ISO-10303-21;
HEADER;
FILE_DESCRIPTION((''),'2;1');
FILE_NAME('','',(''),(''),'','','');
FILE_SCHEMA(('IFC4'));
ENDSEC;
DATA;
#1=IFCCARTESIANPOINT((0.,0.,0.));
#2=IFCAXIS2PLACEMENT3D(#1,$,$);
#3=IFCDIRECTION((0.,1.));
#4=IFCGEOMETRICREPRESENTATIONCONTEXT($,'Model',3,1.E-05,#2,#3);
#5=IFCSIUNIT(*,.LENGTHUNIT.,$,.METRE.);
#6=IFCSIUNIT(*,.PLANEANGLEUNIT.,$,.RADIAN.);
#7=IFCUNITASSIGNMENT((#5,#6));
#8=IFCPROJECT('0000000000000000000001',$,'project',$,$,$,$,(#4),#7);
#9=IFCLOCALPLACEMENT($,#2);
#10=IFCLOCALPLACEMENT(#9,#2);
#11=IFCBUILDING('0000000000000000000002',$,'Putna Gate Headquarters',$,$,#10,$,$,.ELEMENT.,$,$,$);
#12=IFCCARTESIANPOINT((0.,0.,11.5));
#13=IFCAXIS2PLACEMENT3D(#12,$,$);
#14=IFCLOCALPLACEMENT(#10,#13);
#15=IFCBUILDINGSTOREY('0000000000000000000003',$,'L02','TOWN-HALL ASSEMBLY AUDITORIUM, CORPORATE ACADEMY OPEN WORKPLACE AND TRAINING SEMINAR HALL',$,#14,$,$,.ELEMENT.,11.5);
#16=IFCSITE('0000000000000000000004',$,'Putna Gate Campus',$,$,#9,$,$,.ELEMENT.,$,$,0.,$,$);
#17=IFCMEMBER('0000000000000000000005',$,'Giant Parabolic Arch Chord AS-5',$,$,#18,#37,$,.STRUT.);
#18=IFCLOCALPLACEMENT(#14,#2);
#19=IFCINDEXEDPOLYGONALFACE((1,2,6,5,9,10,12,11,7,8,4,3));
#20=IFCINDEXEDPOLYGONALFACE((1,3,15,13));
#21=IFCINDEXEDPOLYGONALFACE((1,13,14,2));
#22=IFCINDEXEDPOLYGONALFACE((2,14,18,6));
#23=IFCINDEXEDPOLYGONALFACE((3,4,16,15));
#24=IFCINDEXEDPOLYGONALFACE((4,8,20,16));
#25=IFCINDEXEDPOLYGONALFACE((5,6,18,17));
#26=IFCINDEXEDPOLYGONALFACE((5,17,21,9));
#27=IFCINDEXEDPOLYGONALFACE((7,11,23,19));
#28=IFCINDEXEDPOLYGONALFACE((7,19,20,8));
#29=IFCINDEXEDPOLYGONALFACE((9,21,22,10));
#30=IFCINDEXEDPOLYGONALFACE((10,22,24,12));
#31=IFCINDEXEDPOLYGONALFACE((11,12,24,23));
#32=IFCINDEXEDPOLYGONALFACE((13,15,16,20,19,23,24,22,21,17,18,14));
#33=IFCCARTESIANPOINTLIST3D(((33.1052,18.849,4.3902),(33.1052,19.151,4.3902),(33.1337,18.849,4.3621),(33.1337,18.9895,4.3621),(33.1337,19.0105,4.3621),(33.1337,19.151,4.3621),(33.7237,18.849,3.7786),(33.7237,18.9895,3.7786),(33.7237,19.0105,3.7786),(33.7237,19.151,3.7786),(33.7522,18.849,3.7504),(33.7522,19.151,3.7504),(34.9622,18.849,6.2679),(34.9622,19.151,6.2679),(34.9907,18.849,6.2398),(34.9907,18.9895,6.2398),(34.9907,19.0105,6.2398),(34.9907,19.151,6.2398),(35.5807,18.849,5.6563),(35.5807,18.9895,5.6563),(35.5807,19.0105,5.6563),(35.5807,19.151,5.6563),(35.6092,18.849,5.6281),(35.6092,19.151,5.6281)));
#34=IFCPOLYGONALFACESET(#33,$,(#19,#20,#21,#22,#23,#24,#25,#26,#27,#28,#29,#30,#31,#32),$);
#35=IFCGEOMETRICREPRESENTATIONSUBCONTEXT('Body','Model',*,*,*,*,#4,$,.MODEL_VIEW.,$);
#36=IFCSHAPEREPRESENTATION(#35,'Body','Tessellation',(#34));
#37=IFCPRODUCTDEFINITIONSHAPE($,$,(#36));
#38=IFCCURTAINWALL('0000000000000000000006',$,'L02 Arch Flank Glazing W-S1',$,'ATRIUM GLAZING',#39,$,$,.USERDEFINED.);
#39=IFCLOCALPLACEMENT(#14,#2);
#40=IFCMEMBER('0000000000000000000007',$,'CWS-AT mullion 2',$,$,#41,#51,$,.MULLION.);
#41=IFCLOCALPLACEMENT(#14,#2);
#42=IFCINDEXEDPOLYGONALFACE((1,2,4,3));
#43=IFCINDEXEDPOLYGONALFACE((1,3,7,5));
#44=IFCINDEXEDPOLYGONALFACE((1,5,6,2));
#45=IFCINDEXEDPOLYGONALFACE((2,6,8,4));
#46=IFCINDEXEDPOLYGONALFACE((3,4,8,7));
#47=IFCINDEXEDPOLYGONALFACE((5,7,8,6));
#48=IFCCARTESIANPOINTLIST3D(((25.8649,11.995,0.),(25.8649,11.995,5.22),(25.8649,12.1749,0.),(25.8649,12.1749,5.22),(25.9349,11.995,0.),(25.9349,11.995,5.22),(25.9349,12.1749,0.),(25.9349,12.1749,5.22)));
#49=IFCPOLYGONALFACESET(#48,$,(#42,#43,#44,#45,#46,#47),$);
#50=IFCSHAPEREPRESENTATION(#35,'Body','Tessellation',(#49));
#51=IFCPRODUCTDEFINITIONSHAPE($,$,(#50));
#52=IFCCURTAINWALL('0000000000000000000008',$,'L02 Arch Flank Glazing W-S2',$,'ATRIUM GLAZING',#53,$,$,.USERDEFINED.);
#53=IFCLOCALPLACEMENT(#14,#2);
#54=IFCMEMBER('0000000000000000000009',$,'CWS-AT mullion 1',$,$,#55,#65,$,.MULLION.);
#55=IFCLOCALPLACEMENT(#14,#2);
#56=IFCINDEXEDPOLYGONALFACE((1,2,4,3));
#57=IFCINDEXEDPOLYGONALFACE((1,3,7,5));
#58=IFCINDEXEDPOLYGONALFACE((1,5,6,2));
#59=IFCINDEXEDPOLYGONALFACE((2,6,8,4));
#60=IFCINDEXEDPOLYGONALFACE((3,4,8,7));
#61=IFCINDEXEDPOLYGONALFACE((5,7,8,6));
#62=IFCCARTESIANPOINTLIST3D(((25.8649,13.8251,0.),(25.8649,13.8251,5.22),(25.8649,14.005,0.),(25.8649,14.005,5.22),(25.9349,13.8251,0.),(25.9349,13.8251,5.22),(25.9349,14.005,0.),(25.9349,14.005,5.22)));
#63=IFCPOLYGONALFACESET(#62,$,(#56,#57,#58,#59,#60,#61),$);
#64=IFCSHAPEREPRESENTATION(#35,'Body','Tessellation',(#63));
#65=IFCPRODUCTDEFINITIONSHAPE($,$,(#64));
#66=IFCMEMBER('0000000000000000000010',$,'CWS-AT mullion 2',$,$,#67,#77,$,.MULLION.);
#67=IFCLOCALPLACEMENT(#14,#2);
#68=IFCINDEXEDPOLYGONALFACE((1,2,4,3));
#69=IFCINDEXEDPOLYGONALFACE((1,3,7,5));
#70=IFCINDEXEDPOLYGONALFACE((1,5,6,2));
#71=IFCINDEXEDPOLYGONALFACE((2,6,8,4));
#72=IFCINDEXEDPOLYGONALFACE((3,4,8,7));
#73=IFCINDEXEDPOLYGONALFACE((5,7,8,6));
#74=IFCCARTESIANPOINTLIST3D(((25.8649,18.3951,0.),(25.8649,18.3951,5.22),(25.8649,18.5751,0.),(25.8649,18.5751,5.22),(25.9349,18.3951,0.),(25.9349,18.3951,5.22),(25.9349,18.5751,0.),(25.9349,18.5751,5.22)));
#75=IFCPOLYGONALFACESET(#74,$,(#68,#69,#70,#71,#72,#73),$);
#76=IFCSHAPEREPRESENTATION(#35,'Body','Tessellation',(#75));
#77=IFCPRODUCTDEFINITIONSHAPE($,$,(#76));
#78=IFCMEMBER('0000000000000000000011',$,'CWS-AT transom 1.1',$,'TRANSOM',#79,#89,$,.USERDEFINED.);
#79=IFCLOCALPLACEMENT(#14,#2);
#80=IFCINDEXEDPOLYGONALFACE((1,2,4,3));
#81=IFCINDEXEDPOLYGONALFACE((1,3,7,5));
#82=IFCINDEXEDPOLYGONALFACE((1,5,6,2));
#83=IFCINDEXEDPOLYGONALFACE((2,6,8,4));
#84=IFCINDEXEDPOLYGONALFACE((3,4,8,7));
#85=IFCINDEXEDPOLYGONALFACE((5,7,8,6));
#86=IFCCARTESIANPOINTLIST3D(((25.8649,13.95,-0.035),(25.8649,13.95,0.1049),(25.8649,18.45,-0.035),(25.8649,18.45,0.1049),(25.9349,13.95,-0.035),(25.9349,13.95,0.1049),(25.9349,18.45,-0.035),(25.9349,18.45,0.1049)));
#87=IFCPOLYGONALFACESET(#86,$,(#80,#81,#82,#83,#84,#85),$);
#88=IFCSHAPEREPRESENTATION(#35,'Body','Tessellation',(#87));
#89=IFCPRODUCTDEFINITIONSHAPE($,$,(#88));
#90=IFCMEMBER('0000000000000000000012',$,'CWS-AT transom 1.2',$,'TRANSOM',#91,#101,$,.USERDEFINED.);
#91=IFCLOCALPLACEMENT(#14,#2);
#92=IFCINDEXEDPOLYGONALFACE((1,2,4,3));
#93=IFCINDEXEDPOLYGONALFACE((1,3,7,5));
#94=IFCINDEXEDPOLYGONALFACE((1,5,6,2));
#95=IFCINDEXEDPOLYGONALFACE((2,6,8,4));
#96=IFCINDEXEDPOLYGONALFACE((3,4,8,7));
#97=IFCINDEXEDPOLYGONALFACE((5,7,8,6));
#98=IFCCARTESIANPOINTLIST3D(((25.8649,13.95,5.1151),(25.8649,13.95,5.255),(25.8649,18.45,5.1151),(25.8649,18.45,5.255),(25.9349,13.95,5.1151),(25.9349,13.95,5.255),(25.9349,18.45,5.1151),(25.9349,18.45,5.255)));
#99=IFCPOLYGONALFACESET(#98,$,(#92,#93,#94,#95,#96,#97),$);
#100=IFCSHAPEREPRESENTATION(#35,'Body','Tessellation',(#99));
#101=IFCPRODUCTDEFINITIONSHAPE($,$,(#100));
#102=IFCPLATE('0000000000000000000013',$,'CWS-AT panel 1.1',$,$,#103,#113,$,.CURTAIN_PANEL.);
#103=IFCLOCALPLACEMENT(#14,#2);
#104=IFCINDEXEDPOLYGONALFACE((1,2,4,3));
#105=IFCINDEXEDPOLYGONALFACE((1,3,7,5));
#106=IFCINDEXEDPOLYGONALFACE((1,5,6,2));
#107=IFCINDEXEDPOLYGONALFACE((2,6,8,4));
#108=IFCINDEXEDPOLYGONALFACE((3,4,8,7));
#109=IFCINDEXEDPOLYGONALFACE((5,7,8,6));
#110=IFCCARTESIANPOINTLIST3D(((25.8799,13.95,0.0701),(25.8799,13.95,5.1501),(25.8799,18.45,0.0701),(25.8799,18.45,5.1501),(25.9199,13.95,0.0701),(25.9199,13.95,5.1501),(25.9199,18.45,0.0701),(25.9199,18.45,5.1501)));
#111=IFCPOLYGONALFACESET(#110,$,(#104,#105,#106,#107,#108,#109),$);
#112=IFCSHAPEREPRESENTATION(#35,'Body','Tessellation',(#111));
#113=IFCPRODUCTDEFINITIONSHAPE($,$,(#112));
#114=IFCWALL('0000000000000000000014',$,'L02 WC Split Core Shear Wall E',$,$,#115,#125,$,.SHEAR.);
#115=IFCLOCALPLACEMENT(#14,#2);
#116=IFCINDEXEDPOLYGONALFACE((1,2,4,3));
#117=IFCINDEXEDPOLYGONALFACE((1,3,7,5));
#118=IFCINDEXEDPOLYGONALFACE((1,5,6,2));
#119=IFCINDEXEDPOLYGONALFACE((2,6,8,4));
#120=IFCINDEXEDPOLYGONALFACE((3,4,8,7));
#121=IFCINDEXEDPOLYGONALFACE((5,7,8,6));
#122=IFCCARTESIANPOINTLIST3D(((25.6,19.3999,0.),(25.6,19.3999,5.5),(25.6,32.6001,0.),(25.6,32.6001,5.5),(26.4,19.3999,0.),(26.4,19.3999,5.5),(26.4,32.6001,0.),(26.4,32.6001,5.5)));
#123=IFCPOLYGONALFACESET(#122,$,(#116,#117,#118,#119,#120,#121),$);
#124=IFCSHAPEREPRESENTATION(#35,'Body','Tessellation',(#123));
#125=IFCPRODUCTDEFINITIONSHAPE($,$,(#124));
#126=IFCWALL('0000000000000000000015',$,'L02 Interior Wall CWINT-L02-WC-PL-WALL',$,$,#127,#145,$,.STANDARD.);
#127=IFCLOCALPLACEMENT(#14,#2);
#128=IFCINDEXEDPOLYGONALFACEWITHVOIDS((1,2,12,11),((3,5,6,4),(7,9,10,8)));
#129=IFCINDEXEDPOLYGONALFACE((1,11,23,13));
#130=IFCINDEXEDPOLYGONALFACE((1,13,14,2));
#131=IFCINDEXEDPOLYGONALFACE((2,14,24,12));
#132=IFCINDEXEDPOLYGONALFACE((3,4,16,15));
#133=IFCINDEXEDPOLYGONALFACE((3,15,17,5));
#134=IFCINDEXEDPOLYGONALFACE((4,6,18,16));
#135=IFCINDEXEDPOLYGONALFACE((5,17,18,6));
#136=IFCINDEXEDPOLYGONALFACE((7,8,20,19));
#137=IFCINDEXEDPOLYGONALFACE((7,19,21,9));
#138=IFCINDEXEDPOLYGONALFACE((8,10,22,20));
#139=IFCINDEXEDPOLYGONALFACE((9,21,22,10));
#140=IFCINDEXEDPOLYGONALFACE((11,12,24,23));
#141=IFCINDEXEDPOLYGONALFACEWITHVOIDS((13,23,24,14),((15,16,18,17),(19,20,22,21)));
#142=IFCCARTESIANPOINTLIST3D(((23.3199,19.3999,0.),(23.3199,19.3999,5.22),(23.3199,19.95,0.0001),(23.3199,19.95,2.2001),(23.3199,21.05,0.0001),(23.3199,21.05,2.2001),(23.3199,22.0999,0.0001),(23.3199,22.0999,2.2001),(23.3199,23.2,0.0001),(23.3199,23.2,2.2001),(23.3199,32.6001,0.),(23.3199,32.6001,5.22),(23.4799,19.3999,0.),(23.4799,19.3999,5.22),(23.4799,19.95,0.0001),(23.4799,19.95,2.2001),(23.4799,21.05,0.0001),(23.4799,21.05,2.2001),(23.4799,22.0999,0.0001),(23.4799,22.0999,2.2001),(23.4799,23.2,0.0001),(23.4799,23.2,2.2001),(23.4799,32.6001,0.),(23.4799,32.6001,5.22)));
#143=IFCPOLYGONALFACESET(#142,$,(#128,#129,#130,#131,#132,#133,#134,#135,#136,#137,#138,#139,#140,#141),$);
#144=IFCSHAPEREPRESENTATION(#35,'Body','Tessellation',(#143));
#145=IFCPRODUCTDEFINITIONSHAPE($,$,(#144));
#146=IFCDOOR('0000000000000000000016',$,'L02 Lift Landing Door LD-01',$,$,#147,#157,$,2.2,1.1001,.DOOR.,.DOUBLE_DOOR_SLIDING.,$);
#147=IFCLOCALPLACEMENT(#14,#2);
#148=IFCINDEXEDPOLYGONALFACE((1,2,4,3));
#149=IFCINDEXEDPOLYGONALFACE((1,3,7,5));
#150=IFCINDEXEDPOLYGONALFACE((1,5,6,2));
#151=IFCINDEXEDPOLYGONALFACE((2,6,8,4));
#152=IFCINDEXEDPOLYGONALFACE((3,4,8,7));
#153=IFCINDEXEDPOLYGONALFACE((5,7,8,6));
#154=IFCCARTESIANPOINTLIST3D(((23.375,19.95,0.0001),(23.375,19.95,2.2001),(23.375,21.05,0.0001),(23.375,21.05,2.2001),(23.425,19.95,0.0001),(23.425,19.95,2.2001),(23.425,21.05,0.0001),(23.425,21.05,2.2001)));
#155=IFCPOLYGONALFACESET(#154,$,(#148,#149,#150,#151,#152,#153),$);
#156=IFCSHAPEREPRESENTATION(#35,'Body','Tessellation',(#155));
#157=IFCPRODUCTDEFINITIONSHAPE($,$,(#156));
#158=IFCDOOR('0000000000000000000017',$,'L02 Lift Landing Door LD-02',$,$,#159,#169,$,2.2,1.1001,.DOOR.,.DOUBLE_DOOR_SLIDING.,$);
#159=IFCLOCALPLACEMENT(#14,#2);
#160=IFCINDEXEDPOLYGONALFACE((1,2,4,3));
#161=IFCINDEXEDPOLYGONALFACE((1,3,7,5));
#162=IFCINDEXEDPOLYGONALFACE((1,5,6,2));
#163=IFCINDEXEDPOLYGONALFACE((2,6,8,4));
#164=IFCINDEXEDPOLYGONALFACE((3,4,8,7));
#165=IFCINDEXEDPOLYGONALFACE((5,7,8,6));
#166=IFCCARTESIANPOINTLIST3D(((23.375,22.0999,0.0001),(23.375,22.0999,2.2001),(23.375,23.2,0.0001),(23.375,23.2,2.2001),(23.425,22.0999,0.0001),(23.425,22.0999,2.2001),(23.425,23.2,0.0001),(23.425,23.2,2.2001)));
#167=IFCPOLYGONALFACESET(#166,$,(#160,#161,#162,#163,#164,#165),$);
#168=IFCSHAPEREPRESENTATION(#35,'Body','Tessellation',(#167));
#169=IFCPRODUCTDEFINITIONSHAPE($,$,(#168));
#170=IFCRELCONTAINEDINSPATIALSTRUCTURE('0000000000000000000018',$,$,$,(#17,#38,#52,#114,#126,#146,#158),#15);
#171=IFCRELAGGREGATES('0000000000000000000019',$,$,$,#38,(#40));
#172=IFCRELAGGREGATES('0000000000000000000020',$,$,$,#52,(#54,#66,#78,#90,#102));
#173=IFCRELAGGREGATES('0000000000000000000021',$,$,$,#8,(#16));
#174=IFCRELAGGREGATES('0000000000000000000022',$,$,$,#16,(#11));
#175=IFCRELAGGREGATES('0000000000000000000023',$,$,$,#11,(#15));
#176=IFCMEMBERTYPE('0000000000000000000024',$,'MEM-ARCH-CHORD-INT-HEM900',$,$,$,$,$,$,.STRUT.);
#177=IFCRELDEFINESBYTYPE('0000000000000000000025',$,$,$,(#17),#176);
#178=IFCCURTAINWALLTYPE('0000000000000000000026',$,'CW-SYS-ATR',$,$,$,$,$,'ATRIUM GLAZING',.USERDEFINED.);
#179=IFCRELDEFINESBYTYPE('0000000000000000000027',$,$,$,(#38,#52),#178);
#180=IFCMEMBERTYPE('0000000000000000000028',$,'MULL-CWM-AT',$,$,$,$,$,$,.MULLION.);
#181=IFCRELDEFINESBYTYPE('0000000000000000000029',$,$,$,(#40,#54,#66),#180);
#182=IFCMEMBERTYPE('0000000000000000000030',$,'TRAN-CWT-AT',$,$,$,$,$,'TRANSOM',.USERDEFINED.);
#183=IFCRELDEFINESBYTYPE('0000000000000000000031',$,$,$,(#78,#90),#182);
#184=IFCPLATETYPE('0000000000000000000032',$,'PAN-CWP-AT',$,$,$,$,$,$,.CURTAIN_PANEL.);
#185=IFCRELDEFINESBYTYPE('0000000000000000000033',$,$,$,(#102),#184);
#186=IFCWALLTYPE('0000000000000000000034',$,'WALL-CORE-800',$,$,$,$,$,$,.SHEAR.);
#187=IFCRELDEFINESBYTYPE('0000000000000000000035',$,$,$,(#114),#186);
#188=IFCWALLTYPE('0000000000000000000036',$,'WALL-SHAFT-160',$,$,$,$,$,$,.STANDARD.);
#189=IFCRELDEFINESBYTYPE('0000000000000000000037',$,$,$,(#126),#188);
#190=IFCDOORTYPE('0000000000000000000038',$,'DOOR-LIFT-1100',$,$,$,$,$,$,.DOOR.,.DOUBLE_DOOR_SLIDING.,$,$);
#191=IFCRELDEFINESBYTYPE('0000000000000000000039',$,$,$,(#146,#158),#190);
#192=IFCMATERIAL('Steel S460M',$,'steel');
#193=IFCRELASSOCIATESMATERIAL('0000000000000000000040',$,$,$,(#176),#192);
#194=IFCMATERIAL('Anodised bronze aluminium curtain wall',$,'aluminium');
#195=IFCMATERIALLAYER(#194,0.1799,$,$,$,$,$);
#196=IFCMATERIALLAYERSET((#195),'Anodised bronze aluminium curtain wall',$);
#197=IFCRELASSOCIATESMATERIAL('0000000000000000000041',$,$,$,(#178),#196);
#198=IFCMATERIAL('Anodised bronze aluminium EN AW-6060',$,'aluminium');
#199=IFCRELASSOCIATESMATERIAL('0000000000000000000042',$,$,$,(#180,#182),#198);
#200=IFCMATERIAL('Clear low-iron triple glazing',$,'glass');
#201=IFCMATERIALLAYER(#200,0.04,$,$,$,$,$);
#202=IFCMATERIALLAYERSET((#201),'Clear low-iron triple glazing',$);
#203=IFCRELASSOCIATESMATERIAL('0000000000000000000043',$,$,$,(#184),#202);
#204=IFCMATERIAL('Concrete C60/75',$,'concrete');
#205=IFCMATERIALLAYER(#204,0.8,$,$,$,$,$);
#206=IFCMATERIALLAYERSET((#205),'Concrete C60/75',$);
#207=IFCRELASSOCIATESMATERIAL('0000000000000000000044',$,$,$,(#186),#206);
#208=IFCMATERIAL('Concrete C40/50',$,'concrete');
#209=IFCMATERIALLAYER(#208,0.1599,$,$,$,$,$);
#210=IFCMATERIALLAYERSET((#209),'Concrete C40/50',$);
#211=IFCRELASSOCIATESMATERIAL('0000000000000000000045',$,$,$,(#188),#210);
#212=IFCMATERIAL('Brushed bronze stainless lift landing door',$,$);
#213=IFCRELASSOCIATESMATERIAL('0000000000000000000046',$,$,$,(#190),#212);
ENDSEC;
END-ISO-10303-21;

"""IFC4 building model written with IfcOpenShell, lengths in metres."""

from ifc_helpers import new_model, si_unit, direction, frame, frame_2d, origin, origin_2d, place, context, subcontext, project, spatial, rectangle, i_section, extrude, material, layer, layer_set, material_profile, profile_set, type_object, element, fill, aggregate, save


model = new_model("IFC4")

# Units and contexts
model_context = context("Model", 3, precision=1e-05, world=origin(), true_north=direction((0.0, 1.0)))
body_context = subcontext(model_context, "Body", "Model", "MODEL_VIEW")
ifc_project = project(units=[si_unit("LENGTHUNIT", "METRE"), si_unit("PLANEANGLEUNIT", "RADIAN")], contexts=[model_context])

# Site, building, storey
site_placement = place(None, origin())
site = spatial("IfcSite", under=ifc_project, at=site_placement, Name="Putna Gate Campus", CompositionType="ELEMENT", RefElevation=0.0)
building_placement = place(site_placement, origin())
building = spatial("IfcBuilding", under=site, at=building_placement, Name="Putna Gate Headquarters", CompositionType="ELEMENT")
storey_placement = place(building_placement, frame((0.0, 0.0, 11.5)))
storey = spatial("IfcBuildingStorey", under=building, at=storey_placement, Name="L02", Description="TOWN-HALL ASSEMBLY AUDITORIUM, CORPORATE ACADEMY OPEN WORKPLACE AND TRAINING SEMINAR HALL", CompositionType="ELEMENT", Elevation=11.5)

# Shared definitions
ifc_material_1 = material(Name="Concrete C60/75", Category="concrete")

# Member
ifc_material_2 = material(Name="Steel S460M", Category="steel")
ifc_material_profile_1 = material_profile(ifc_material_2, i_section(OverallWidth=0.302, OverallDepth=0.9099, WebThickness=0.021, FlangeThickness=0.04, at=origin_2d()), Name="Steel S460M")
ifc_profile_set_1 = profile_set([ifc_material_profile_1], Name="Steel S460M")
member_type_1 = type_object("IfcMemberType", Name="MEM-ARCH-CHORD-INT-HEM900", PredefinedType="STRUT", material=ifc_profile_set_1)
member_1_placement = place(storey_placement, frame((33.4287, 19.0, 4.0703), z_axis=(0.703167, 0.0, 0.711025), x_axis=(0.0, 1.0, 0.0)))
element("IfcMember", 1, at=member_1_placement, inside=storey, type_object=member_type_1, Name="Giant Parabolic Arch Chord AS-5", PredefinedType="STRUT", context=body_context, shape_type="SweptSolid", body=[
    extrude(i_section(OverallWidth=0.302, OverallDepth=0.9099, WebThickness=0.021, FlangeThickness=0.04, at=origin_2d()), origin(), (0.0, 0.0, 1.0), 2.6409),
])

# Curtain wall, member
ifc_material_3 = material(Name="Anodised bronze aluminium curtain wall", Category="aluminium")
ifc_layer_1 = layer(ifc_material_3, 0.1799)
ifc_layer_set_1 = layer_set([ifc_layer_1], Name="Anodised bronze aluminium curtain wall")
curtain_wall_type = type_object("IfcCurtainWallType", Name="CW-SYS-ATR", ElementType="ATRIUM GLAZING", PredefinedType="USERDEFINED", material=ifc_layer_set_1)
curtain_wall_1_placement = place(storey_placement, origin())
curtain_wall_1 = element("IfcCurtainWall", 2, at=curtain_wall_1_placement, inside=storey, type_object=curtain_wall_type, Name="L02 Arch Flank Glazing W-S1", ObjectType="ATRIUM GLAZING", PredefinedType="USERDEFINED")
ifc_material_4 = material(Name="Anodised bronze aluminium EN AW-6060", Category="aluminium")
ifc_material_profile_2 = material_profile(ifc_material_4, rectangle(XDim=0.0701, YDim=0.1799, at=origin_2d()), Name="Anodised bronze aluminium EN AW-6060")
ifc_profile_set_2 = profile_set([ifc_material_profile_2], Name="Anodised bronze aluminium EN AW-6060")
member_type_2 = type_object("IfcMemberType", Name="MULL-CWM-AT", PredefinedType="MULLION", material=ifc_profile_set_2)
member_2_placement = place(storey_placement, frame((25.8999, 12.085, 0.0), z_axis=(0.0, 0.0, 1.0), x_axis=(-1.0, 0.0, 0.0)))
member_2 = element("IfcMember", 3, at=member_2_placement, type_object=member_type_2, Name="CWS-AT mullion 2", PredefinedType="MULLION", context=body_context, shape_type="SweptSolid", body=[
    extrude(rectangle(XDim=0.0701, YDim=0.1799, at=origin_2d()), origin(), (0.0, 0.0, 1.0), 5.22),
])
aggregate(curtain_wall_1, [member_2])

# Curtain wall, members, plate
curtain_wall_2_placement = place(storey_placement, origin())
curtain_wall_2 = element("IfcCurtainWall", 4, at=curtain_wall_2_placement, inside=storey, type_object=curtain_wall_type, Name="L02 Arch Flank Glazing W-S2", ObjectType="ATRIUM GLAZING", PredefinedType="USERDEFINED")
member_3_placement = place(storey_placement, frame((25.8999, 13.915, 0.0), z_axis=(0.0, 0.0, 1.0), x_axis=(-1.0, 0.0, 0.0)))
member_3 = element("IfcMember", 5, at=member_3_placement, type_object=member_type_2, Name="CWS-AT mullion 1", PredefinedType="MULLION", context=body_context, shape_type="SweptSolid", body=[
    extrude(rectangle(XDim=0.0701, YDim=0.1799, at=origin_2d()), origin(), (0.0, 0.0, 1.0), 5.22),
])
member_4_placement = place(storey_placement, frame((25.8999, 18.4851, 0.0), z_axis=(0.0, 0.0, 1.0), x_axis=(-1.0, 0.0, 0.0)))
member_4 = element("IfcMember", 6, at=member_4_placement, type_object=member_type_2, Name="CWS-AT mullion 2", PredefinedType="MULLION", context=body_context, shape_type="SweptSolid", body=[
    extrude(rectangle(XDim=0.0701, YDim=0.1799, at=origin_2d()), origin(), (0.0, 0.0, 1.0), 5.22),
])
ifc_material_profile_3 = material_profile(ifc_material_4, rectangle(XDim=0.0701, YDim=0.1399, at=origin_2d()), Name="Anodised bronze aluminium EN AW-6060")
ifc_profile_set_3 = profile_set([ifc_material_profile_3], Name="Anodised bronze aluminium EN AW-6060")
member_type_3 = type_object("IfcMemberType", Name="TRAN-CWT-AT", ElementType="TRANSOM", PredefinedType="USERDEFINED", material=ifc_profile_set_3)
member_5_placement = place(storey_placement, frame((25.8999, 13.95, 0.0349), z_axis=(0.0, 1.0, 0.0), x_axis=(-1.0, 0.0, 0.0)))
member_5 = element("IfcMember", 7, at=member_5_placement, type_object=member_type_3, Name="CWS-AT transom 1.1", ObjectType="TRANSOM", PredefinedType="USERDEFINED", context=body_context, shape_type="SweptSolid", body=[
    extrude(rectangle(XDim=0.0701, YDim=0.1399, at=origin_2d()), origin(), (0.0, 0.0, 1.0), 4.5),
])
member_6_placement = place(storey_placement, frame((25.8999, 13.95, 5.1851), z_axis=(0.0, 1.0, 0.0), x_axis=(-1.0, 0.0, 0.0)))
member_6 = element("IfcMember", 8, at=member_6_placement, type_object=member_type_3, Name="CWS-AT transom 1.2", ObjectType="TRANSOM", PredefinedType="USERDEFINED", context=body_context, shape_type="SweptSolid", body=[
    extrude(rectangle(XDim=0.0701, YDim=0.1399, at=origin_2d()), origin(), (0.0, 0.0, 1.0), 4.5),
])
ifc_material_5 = material(Name="Clear low-iron triple glazing", Category="glass")
ifc_layer_2 = layer(ifc_material_5, 0.04)
ifc_layer_set_2 = layer_set([ifc_layer_2], Name="Clear low-iron triple glazing")
plate_type = type_object("IfcPlateType", Name="PAN-CWP-AT", PredefinedType="CURTAIN_PANEL", material=ifc_layer_set_2)
plate_placement = place(storey_placement, frame((25.8999, 16.2, 0.0701), z_axis=(0.0, 0.0, 1.0), x_axis=(0.0, 1.0, 0.0)))
plate = element("IfcPlate", 9, at=plate_placement, type_object=plate_type, Name="CWS-AT panel 1.1", PredefinedType="CURTAIN_PANEL", context=body_context, shape_type="SweptSolid", body=[
    extrude(rectangle(XDim=4.5, YDim=0.04, at=origin_2d()), origin(), (0.0, 0.0, 1.0), 5.0801),
])
aggregate(curtain_wall_2, [member_3, member_4, member_5, member_6, plate])

# Wall
ifc_layer_3 = layer(ifc_material_1, 0.8)
ifc_layer_set_3 = layer_set([ifc_layer_3], Name="Concrete C60/75")
wall_type_1 = type_object("IfcWallType", Name="WALL-CORE-800", PredefinedType="SHEAR", material=ifc_layer_set_3)
wall_1_placement = place(storey_placement, frame((26.0, 19.3999, 0.0), z_axis=(0.0, 0.0, 1.0), x_axis=(0.0, 1.0, 0.0)))
element("IfcWall", 10, at=wall_1_placement, inside=storey, type_object=wall_type_1, Name="L02 WC Split Core Shear Wall E", PredefinedType="SHEAR", context=body_context, shape_type="SweptSolid", body=[
    extrude(rectangle(XDim=13.2002, YDim=0.8, at=frame_2d((6.6001, 0.0))), origin(), (0.0, 0.0, 1.0), 5.5),
])

# Wall, openings, doors
ifc_material_6 = material(Name="Concrete C40/50", Category="concrete")
ifc_layer_4 = layer(ifc_material_6, 0.1599)
ifc_layer_set_4 = layer_set([ifc_layer_4], Name="Concrete C40/50")
wall_type_2 = type_object("IfcWallType", Name="WALL-SHAFT-160", PredefinedType="STANDARD", material=ifc_layer_set_4)
wall_2_placement = place(storey_placement, frame((23.3999, 19.3999, 0.0), z_axis=(0.0, 0.0, 1.0), x_axis=(0.0, 1.0, 0.0)))
wall_2 = element("IfcWall", 11, at=wall_2_placement, inside=storey, type_object=wall_type_2, Name="L02 Interior Wall CWINT-L02-WC-PL-WALL", PredefinedType="STANDARD", context=body_context, shape_type="SweptSolid", body=[
    extrude(rectangle(XDim=13.2002, YDim=0.1599, at=frame_2d((6.6001, 0.0))), origin(), (0.0, 0.0, 1.0), 5.22),
])
opening_1_placement = place(wall_2_placement, frame((0.55, 0.0, 0.0)))
opening_1 = element("IfcOpeningElement", 12, at=opening_1_placement, cuts=wall_2, PredefinedType="OPENING", context=body_context, shape_type="SweptSolid", body=[
    extrude(rectangle(XDim=1.1001, YDim=2.2, at=frame_2d((0.55, 1.1001))), frame((0.0, 0.0898, 0.0), z_axis=(0.0, -1.0, 0.0), x_axis=(1.0, 0.0, 0.0)), (0.0, 0.0, 1.0), 0.1799),
])
opening_2_placement = place(wall_2_placement, frame((2.7, 0.0, 0.0)))
opening_2 = element("IfcOpeningElement", 13, at=opening_2_placement, cuts=wall_2, PredefinedType="OPENING", context=body_context, shape_type="SweptSolid", body=[
    extrude(rectangle(XDim=1.1001, YDim=2.2, at=frame_2d((0.55, 1.1001))), frame((0.0, 0.0898, 0.0), z_axis=(0.0, -1.0, 0.0), x_axis=(1.0, 0.0, 0.0)), (0.0, 0.0, 1.0), 0.1799),
])
ifc_material_7 = material(Name="Brushed bronze stainless lift landing door")
door_type = type_object("IfcDoorType", Name="DOOR-LIFT-1100", OperationType="DOUBLE_DOOR_SLIDING", PredefinedType="DOOR", material=ifc_material_7)
door_1_placement = place(opening_1_placement, origin())
door_1 = element("IfcDoor", 14, at=door_1_placement, inside=storey, type_object=door_type, Name="L02 Lift Landing Door LD-01", OperationType="DOUBLE_DOOR_SLIDING", OverallHeight=2.2, OverallWidth=1.1001, PredefinedType="DOOR", context=body_context, shape_type="SweptSolid", body=[
    extrude(rectangle(XDim=1.1001, YDim=2.2, at=frame_2d((0.55, 1.1001))), frame((0.0, 0.0249, 0.0), z_axis=(0.0, -1.0, 0.0), x_axis=(1.0, 0.0, 0.0)), (0.0, 0.0, 1.0), 0.05),
])
fill(opening_1, door_1)
door_2_placement = place(opening_2_placement, origin())
door_2 = element("IfcDoor", 15, at=door_2_placement, inside=storey, type_object=door_type, Name="L02 Lift Landing Door LD-02", OperationType="DOUBLE_DOOR_SLIDING", OverallHeight=2.2, OverallWidth=1.1001, PredefinedType="DOOR", context=body_context, shape_type="SweptSolid", body=[
    extrude(rectangle(XDim=1.1001, YDim=2.2, at=frame_2d((0.55, 1.1001))), frame((0.0, 0.0249, 0.0), z_axis=(0.0, -1.0, 0.0), x_axis=(1.0, 0.0, 0.0)), (0.0, 0.0, 1.0), 0.05),
])
fill(opening_2, door_2)

save(model, "model.ifc")
